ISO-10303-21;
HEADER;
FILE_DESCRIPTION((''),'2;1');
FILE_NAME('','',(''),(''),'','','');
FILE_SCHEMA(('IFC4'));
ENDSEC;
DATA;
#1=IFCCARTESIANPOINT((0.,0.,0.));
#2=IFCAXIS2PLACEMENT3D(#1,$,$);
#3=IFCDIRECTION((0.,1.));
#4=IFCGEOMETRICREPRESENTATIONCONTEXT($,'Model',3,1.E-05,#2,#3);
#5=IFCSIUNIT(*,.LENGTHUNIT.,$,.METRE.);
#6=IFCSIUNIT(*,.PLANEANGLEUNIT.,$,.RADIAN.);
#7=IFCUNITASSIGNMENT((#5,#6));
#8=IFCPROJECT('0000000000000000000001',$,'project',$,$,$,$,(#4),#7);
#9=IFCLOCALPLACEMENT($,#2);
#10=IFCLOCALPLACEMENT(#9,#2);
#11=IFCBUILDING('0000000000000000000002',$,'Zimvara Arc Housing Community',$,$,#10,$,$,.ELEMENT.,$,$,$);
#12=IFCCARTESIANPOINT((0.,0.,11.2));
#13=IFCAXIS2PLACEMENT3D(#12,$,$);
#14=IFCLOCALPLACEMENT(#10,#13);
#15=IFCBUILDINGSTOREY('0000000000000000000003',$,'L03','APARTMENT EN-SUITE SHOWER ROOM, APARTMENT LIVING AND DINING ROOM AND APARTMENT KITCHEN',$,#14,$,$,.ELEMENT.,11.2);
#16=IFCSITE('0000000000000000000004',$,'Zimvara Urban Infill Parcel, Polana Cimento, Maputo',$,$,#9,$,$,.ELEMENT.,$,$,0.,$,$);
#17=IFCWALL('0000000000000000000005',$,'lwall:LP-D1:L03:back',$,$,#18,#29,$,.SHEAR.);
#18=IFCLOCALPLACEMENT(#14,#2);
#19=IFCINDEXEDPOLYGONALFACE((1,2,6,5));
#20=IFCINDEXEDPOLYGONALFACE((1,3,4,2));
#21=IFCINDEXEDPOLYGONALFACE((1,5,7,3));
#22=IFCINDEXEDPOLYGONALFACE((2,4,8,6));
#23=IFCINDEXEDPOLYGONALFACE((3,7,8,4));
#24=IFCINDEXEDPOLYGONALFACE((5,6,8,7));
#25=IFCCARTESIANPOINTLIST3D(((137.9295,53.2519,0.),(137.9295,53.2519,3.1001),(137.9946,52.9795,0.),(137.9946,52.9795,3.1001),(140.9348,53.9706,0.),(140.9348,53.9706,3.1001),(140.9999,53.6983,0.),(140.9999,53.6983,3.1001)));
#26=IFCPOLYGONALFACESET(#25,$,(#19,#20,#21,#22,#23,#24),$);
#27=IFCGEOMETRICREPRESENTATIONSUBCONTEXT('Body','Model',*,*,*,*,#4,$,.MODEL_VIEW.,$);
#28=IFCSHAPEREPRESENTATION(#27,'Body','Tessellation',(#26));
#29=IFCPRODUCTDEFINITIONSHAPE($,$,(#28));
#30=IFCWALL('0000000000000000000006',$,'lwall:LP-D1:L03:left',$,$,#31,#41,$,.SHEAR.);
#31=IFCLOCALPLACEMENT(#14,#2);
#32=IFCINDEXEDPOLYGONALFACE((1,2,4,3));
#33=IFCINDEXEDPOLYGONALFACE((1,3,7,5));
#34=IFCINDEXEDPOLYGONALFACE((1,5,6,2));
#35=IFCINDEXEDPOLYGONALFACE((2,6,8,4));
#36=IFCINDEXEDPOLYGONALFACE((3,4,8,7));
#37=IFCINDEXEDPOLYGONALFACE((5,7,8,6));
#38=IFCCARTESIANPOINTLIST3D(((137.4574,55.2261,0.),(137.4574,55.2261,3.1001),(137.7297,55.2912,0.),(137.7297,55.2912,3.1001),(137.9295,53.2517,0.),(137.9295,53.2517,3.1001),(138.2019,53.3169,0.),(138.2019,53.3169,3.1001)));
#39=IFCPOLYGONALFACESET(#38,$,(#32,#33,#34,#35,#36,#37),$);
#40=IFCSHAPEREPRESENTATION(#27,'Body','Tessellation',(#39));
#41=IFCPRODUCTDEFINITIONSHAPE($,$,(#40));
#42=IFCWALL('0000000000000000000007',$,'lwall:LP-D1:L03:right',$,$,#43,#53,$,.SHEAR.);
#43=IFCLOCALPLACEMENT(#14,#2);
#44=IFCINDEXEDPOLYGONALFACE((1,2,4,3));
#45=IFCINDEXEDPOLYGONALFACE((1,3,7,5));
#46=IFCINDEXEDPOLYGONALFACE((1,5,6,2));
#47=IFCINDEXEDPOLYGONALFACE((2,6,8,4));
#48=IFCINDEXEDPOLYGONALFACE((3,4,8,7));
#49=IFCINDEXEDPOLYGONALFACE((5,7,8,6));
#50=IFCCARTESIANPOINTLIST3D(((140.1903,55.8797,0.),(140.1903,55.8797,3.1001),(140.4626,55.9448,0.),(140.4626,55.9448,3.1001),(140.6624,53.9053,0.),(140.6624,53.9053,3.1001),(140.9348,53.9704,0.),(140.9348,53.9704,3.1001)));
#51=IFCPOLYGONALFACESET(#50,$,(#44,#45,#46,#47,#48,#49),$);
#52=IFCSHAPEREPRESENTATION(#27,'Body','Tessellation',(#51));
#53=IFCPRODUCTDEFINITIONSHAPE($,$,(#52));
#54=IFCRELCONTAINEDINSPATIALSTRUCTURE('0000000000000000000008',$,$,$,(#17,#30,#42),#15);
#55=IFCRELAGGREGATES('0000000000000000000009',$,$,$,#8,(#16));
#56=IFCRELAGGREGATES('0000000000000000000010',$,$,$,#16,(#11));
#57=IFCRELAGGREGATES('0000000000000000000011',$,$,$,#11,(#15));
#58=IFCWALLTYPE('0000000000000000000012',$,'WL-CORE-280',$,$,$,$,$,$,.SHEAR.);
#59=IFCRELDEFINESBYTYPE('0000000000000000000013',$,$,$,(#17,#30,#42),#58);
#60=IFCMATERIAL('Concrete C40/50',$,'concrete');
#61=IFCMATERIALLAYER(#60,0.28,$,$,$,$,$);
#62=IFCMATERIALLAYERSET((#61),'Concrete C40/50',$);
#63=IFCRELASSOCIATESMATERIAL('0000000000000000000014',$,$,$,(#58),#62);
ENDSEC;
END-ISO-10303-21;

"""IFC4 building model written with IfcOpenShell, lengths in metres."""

from ifc_helpers import new_model, si_unit, direction, frame, frame_2d, origin, place, context, subcontext, project, spatial, rectangle, extrude, material, layer, layer_set, type_object, element, save


model = new_model("IFC4")

# Units and contexts
model_context = context("Model", 3, precision=1e-05, world=origin(), true_north=direction((0.0, 1.0)))
body_context = subcontext(model_context, "Body", "Model", "MODEL_VIEW")
ifc_project = project(units=[si_unit("LENGTHUNIT", "METRE"), si_unit("PLANEANGLEUNIT", "RADIAN")], contexts=[model_context])

# Site, building, storey
site_placement = place(None, origin())
site = spatial("IfcSite", under=ifc_project, at=site_placement, Name="Zimvara Urban Infill Parcel, Polana Cimento, Maputo", CompositionType="ELEMENT", RefElevation=0.0)
building_placement = place(site_placement, origin())
building = spatial("IfcBuilding", under=site, at=building_placement, Name="Zimvara Arc Housing Community", CompositionType="ELEMENT")
storey_placement = place(building_placement, frame((0.0, 0.0, 11.2)))
storey = spatial("IfcBuildingStorey", under=building, at=storey_placement, Name="L03", Description="APARTMENT EN-SUITE SHOWER ROOM, APARTMENT LIVING AND DINING ROOM AND APARTMENT KITCHEN", CompositionType="ELEMENT", Elevation=11.2)

# Shared definitions
ifc_material_1 = material(Name="Concrete C40/50", Category="concrete")
ifc_layer_1 = layer(ifc_material_1, 0.28)
ifc_layer_set_1 = layer_set([ifc_layer_1], Name="Concrete C40/50")
wall_type_1 = type_object("IfcWallType", Name="WL-CORE-280", PredefinedType="SHEAR", material=ifc_layer_set_1)

# Walls
wall_1_placement = place(storey_placement, frame((137.9622, 53.1157, 0.0), z_axis=(0.0, 0.0, 1.0), x_axis=(0.972573, 0.232596, 0.0)))
element("IfcWall", 1, at=wall_1_placement, inside=storey, type_object=wall_type_1, Name="lwall:LP-D1:L03:back", PredefinedType="SHEAR", context=body_context, shape_type="SweptSolid", body=[
    extrude(rectangle(XDim=3.0901, YDim=0.28, at=frame_2d((1.5449, 0.0))), origin(), (0.0, 0.0, 1.0), 3.1001),
])
for number, where, z_axis, x_axis, name in (
    (2, (137.5935, 55.2588, 0.0), (0.0, 0.0, 1.0), (0.232591, -0.972575, 0.0), "lwall:LP-D1:L03:left"),
    (3, (140.3264, 55.9124, 0.0), (0.0, 0.0, 1.0), (0.232591, -0.972575, 0.0), "lwall:LP-D1:L03:right"),
):
    element("IfcWall", number, at=place(storey_placement, frame(where, z_axis=z_axis, x_axis=x_axis)), inside=storey, type_object=wall_type_1, Name=name, PredefinedType="SHEAR", context=body_context, shape_type="SweptSolid", body=[
        extrude(rectangle(XDim=2.03, YDim=0.28, at=frame_2d((1.0151, 0.0))), origin(), (0.0, 0.0, 1.0), 3.1001),
    ])

save(model, "model.ifc")
